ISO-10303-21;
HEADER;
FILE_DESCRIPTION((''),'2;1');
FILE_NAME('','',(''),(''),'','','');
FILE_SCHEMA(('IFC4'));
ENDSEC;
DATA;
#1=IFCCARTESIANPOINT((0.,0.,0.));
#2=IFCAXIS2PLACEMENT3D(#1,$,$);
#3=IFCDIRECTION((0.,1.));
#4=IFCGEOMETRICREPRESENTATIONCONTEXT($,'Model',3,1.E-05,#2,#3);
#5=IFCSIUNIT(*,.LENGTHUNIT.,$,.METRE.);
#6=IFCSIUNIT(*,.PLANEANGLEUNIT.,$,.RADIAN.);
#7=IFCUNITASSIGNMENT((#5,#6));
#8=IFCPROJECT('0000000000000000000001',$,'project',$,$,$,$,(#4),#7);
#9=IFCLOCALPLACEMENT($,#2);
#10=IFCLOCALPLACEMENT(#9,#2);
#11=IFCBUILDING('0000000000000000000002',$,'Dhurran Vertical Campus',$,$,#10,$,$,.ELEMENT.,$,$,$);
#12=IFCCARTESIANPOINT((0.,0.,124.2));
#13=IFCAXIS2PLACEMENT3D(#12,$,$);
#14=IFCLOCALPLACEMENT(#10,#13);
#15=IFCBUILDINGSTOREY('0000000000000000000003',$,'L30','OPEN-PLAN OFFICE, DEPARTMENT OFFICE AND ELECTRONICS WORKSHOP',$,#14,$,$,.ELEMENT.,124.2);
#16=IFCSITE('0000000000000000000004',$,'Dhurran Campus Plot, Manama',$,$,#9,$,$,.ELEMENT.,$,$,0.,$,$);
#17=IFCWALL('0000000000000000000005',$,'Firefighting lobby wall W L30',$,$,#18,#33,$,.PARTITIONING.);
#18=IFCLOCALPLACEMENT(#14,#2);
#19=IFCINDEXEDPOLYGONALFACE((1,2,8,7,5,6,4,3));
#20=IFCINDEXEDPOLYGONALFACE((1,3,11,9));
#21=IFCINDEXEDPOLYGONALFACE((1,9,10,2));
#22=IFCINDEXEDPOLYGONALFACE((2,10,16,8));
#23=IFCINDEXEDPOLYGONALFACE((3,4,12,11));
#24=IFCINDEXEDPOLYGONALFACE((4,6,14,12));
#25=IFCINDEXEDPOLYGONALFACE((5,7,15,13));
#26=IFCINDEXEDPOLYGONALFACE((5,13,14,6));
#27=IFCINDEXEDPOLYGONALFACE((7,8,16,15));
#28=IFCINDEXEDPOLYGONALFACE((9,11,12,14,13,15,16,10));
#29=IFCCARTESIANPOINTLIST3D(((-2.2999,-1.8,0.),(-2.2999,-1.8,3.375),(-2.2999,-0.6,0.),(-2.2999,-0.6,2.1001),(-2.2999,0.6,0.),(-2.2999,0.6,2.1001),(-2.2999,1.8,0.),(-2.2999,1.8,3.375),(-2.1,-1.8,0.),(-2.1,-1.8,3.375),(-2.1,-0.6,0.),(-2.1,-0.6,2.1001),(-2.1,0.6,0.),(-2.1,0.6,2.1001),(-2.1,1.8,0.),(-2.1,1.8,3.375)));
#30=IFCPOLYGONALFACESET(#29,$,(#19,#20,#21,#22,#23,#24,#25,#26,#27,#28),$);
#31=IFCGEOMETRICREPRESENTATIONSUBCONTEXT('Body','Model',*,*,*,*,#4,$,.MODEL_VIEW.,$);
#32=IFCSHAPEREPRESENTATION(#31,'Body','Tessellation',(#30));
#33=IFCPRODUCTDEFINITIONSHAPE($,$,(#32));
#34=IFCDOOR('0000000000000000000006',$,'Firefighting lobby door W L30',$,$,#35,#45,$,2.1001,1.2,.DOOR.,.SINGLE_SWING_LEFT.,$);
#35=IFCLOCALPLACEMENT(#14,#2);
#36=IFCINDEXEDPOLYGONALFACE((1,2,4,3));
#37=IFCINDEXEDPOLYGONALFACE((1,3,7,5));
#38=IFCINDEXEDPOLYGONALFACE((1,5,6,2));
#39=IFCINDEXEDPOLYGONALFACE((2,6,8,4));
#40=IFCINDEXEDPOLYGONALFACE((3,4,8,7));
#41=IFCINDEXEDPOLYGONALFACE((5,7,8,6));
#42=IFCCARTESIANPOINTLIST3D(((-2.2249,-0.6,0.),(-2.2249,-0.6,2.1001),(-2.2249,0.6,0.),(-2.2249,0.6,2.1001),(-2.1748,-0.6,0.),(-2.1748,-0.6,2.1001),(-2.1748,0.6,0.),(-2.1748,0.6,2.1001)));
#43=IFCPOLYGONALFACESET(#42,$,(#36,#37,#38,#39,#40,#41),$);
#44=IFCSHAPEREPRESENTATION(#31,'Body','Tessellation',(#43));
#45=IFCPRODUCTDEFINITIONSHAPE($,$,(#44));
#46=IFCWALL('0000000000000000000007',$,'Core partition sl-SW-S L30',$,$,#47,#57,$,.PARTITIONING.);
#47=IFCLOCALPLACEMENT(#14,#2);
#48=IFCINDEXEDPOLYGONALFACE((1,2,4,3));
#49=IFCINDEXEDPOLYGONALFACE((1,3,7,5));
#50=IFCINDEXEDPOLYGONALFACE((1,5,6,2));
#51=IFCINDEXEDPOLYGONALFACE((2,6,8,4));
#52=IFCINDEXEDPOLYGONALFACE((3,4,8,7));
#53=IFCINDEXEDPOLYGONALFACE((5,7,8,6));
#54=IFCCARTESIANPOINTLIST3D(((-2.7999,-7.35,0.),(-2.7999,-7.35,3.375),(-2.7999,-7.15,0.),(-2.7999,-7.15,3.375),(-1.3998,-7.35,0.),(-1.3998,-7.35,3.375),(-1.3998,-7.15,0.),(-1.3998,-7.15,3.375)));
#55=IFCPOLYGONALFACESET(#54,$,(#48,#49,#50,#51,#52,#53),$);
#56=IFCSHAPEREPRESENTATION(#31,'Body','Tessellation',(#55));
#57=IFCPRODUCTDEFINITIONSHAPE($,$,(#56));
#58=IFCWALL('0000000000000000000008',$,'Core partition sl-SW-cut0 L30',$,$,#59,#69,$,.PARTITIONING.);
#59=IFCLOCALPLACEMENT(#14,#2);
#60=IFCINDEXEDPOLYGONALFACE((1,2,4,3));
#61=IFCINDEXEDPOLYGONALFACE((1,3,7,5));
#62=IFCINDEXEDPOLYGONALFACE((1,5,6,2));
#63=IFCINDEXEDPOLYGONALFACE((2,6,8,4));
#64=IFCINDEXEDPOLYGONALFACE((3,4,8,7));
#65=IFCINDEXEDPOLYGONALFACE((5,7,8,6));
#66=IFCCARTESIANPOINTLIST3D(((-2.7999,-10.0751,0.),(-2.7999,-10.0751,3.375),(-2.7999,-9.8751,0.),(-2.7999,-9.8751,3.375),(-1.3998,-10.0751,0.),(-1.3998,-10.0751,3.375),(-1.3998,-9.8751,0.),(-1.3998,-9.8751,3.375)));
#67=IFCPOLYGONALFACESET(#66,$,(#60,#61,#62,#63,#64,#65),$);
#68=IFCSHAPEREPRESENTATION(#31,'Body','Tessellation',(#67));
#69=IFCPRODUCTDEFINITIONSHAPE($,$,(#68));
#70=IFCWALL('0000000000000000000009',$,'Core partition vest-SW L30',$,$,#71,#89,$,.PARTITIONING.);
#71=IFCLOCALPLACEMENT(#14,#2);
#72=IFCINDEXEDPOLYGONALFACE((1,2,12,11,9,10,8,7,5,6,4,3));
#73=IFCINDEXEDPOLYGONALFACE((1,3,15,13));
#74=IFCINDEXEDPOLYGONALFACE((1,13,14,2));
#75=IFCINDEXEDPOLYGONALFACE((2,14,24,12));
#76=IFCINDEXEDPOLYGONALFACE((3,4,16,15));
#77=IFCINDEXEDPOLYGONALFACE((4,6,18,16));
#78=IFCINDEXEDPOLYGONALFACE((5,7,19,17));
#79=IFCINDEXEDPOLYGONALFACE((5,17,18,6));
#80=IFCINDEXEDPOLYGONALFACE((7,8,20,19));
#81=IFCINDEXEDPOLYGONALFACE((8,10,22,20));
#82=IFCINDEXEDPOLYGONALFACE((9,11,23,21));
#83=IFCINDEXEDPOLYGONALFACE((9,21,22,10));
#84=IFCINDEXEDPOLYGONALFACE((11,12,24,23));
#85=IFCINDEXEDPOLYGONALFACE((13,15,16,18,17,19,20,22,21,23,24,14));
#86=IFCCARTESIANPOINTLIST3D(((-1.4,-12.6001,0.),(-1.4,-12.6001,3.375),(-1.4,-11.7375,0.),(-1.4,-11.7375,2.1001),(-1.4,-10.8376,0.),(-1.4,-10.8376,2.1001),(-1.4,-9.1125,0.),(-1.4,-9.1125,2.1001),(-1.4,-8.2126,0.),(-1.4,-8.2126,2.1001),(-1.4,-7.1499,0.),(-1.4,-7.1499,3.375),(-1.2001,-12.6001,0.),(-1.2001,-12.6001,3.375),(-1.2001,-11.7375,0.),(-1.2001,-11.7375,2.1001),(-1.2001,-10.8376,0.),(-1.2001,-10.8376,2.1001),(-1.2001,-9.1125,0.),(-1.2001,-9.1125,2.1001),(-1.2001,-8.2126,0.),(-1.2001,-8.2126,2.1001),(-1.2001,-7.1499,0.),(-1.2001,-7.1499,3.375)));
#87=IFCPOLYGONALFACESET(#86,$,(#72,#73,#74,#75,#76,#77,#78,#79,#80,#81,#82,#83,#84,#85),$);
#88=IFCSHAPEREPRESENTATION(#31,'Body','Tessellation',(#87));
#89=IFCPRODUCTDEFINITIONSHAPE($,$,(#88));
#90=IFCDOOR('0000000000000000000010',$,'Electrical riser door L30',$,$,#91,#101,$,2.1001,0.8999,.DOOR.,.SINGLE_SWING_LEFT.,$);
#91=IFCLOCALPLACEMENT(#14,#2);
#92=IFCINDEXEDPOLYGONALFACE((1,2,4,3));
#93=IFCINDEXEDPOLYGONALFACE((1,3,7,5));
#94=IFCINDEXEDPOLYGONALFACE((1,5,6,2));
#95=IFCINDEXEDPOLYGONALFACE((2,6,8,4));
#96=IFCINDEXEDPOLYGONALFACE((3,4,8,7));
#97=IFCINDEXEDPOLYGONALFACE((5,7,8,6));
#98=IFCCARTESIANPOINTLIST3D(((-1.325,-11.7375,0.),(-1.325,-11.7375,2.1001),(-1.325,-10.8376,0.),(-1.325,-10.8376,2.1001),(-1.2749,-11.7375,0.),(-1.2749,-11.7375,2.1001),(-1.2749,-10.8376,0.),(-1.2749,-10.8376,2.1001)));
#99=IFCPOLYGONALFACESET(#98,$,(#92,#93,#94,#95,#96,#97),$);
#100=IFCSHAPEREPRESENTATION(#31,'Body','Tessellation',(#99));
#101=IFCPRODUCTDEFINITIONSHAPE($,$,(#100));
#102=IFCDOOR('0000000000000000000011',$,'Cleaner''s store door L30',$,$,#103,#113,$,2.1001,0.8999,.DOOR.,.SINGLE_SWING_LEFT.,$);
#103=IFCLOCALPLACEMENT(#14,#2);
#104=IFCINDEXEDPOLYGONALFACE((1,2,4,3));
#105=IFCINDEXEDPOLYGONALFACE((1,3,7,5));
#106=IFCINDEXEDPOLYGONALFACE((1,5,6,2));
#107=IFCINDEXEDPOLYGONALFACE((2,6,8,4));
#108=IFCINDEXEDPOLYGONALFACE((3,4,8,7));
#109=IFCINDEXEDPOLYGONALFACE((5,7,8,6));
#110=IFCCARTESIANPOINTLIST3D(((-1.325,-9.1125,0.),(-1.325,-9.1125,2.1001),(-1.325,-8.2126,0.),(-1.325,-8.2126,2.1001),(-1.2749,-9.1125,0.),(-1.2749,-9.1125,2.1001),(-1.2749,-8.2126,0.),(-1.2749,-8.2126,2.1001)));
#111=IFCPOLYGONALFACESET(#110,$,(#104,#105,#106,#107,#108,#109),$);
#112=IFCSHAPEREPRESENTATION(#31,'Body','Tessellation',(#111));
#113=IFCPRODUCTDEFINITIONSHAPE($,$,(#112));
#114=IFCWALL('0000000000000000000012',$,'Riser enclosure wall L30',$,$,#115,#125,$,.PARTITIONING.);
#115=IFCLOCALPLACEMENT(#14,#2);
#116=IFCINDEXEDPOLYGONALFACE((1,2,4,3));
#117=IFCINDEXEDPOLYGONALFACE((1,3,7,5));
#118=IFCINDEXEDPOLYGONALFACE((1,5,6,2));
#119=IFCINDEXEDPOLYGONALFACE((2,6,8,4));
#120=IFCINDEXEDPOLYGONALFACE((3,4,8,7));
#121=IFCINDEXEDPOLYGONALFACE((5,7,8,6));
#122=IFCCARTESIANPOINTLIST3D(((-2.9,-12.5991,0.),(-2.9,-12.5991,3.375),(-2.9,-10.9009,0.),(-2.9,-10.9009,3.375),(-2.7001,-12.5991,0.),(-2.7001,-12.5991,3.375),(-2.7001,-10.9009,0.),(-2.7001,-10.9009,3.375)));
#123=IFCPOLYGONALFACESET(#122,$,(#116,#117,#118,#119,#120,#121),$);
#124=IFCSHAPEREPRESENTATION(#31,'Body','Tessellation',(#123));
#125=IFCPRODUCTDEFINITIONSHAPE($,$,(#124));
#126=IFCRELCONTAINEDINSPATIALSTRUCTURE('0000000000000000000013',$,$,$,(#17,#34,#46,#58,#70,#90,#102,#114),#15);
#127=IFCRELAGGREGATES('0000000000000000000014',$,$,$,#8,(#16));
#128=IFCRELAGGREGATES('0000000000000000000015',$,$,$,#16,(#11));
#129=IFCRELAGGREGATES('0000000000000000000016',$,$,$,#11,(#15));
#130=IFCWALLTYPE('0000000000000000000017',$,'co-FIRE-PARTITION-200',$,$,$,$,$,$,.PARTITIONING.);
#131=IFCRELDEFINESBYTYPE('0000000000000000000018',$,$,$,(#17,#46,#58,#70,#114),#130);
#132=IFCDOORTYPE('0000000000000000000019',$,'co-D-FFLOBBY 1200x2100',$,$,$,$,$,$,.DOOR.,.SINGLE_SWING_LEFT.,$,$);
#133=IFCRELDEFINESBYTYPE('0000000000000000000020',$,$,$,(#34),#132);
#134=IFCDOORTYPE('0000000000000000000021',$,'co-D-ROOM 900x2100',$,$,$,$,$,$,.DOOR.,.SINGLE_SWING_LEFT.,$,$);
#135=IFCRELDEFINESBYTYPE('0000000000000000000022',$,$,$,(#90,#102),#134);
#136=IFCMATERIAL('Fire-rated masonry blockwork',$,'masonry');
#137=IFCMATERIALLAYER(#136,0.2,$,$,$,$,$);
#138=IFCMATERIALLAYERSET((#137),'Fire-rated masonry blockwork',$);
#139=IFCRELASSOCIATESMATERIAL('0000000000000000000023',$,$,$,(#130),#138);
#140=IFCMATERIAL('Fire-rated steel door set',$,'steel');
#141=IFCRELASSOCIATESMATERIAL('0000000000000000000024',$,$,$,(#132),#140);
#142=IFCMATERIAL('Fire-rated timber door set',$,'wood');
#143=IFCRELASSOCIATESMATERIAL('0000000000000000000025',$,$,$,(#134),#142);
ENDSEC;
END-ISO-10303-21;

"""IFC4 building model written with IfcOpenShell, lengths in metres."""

from ifc_helpers import new_model, si_unit, direction, frame, frame_2d, origin, place, context, subcontext, project, spatial, rectangle, extrude, material, layer, layer_set, type_object, element, fill, save


model = new_model("IFC4")

# Units and contexts
model_context = context("Model", 3, precision=1e-05, world=origin(), true_north=direction((0.0, 1.0)))
body_context = subcontext(model_context, "Body", "Model", "MODEL_VIEW")
ifc_project = project(units=[si_unit("LENGTHUNIT", "METRE"), si_unit("PLANEANGLEUNIT", "RADIAN")], contexts=[model_context])

# Site, building, storey
site_placement = place(None, origin())
site = spatial("IfcSite", under=ifc_project, at=site_placement, Name="Dhurran Campus Plot, Manama", CompositionType="ELEMENT", RefElevation=0.0)
building_placement = place(site_placement, origin())
building = spatial("IfcBuilding", under=site, at=building_placement, Name="Dhurran Vertical Campus", CompositionType="ELEMENT")
storey_placement = place(building_placement, frame((0.0, 0.0, 124.2)))
storey = spatial("IfcBuildingStorey", under=building, at=storey_placement, Name="L30", Description="OPEN-PLAN OFFICE, DEPARTMENT OFFICE AND ELECTRONICS WORKSHOP", CompositionType="ELEMENT", Elevation=124.2)

# Wall, opening, door
ifc_material_1 = material(Name="Fire-rated masonry blockwork", Category="masonry")
ifc_layer_1 = layer(ifc_material_1, 0.2)
ifc_layer_set_1 = layer_set([ifc_layer_1], Name="Fire-rated masonry blockwork")
wall_type_1 = type_object("IfcWallType", Name="co-FIRE-PARTITION-200", PredefinedType="PARTITIONING", material=ifc_layer_set_1)
wall_1_placement = place(storey_placement, frame((-2.2, -1.8, 0.0), z_axis=(0.0, 0.0, 1.0), x_axis=(0.0, 1.0, 0.0)))
wall_1 = element("IfcWall", 1, at=wall_1_placement, inside=storey, type_object=wall_type_1, Name="Firefighting lobby wall W L30", PredefinedType="PARTITIONING", context=body_context, shape_type="SweptSolid", body=[
    extrude(rectangle(XDim=3.6001, YDim=0.2, at=frame_2d((1.8, 0.0))), origin(), (0.0, 0.0, 1.0), 3.375),
])
opening_1_placement = place(wall_1_placement, frame((1.2, 0.0, 0.0)))
opening_1 = element("IfcOpeningElement", 2, at=opening_1_placement, cuts=wall_1, PredefinedType="OPENING", context=body_context, shape_type="SweptSolid", body=[
    extrude(rectangle(XDim=1.2, YDim=2.1001, at=frame_2d((0.6001, 1.05))), frame((0.0, 0.1099, 0.0), z_axis=(0.0, -1.0, 0.0), x_axis=(1.0, 0.0, 0.0)), (0.0, 0.0, 1.0), 0.22),
])
ifc_material_2 = material(Name="Fire-rated steel door set", Category="steel")
door_type_1 = type_object("IfcDoorType", Name="co-D-FFLOBBY 1200x2100", OperationType="SINGLE_SWING_LEFT", PredefinedType="DOOR", material=ifc_material_2)
door_1_placement = place(opening_1_placement, origin())
door_1 = element("IfcDoor", 3, at=door_1_placement, inside=storey, type_object=door_type_1, Name="Firefighting lobby door W L30", OperationType="SINGLE_SWING_LEFT", OverallHeight=2.1001, OverallWidth=1.2, PredefinedType="DOOR", context=body_context, shape_type="SweptSolid", body=[
    extrude(rectangle(XDim=1.2, YDim=2.1001, at=frame_2d((0.6001, 1.05))), frame((0.0, 0.0249, 0.0), z_axis=(0.0, -1.0, 0.0), x_axis=(1.0, 0.0, 0.0)), (0.0, 0.0, 1.0), 0.05),
])
fill(opening_1, door_1)

# Walls
for number, where, z_axis, x_axis, name in (
    (4, (-2.8, -7.25, 0.0), (0.0, 0.0, 1.0), (1.0, 0.0, 0.0), "Core partition sl-SW-S L30"),
    (5, (-2.8, -9.9751, 0.0), (0.0, 0.0, 1.0), (1.0, 0.0, 0.0), "Core partition sl-SW-cut0 L30"),
):
    element("IfcWall", number, at=place(storey_placement, frame(where, z_axis=z_axis, x_axis=x_axis)), inside=storey, type_object=wall_type_1, Name=name, PredefinedType="PARTITIONING", context=body_context, shape_type="SweptSolid", body=[
        extrude(rectangle(XDim=1.4001, YDim=0.2, at=frame_2d((0.7002, 0.0))), origin(), (0.0, 0.0, 1.0), 3.375),
    ])

# Wall, openings, doors
wall_2_placement = place(storey_placement, frame((-1.3, -12.6001, 0.0), z_axis=(0.0, 0.0, 1.0), x_axis=(0.0, 1.0, 0.0)))
wall_2 = element("IfcWall", 6, at=wall_2_placement, inside=storey, type_object=wall_type_1, Name="Core partition vest-SW L30", PredefinedType="PARTITIONING", context=body_context, shape_type="SweptSolid", body=[
    extrude(rectangle(XDim=5.4502, YDim=0.2, at=frame_2d((2.7251, 0.0))), origin(), (0.0, 0.0, 1.0), 3.375),
])
opening_2_placement = place(wall_2_placement, frame((0.8625, 0.0, 0.0)))
opening_2 = element("IfcOpeningElement", 7, at=opening_2_placement, cuts=wall_2, PredefinedType="OPENING", context=body_context, shape_type="SweptSolid", body=[
    extrude(rectangle(XDim=0.8999, YDim=2.1001, at=frame_2d((0.45, 1.05))), frame((0.0, 0.1099, 0.0), z_axis=(0.0, -1.0, 0.0), x_axis=(1.0, 0.0, 0.0)), (0.0, 0.0, 1.0), 0.22),
])
opening_3_placement = place(wall_2_placement, frame((3.4875, 0.0, 0.0)))
opening_3 = element("IfcOpeningElement", 8, at=opening_3_placement, cuts=wall_2, PredefinedType="OPENING", context=body_context, shape_type="SweptSolid", body=[
    extrude(rectangle(XDim=0.8999, YDim=2.1001, at=frame_2d((0.45, 1.05))), frame((0.0, 0.1099, 0.0), z_axis=(0.0, -1.0, 0.0), x_axis=(1.0, 0.0, 0.0)), (0.0, 0.0, 1.0), 0.22),
])
ifc_material_3 = material(Name="Fire-rated timber door set", Category="wood")
door_type_2 = type_object("IfcDoorType", Name="co-D-ROOM 900x2100", OperationType="SINGLE_SWING_LEFT", PredefinedType="DOOR", material=ifc_material_3)
door_2_placement = place(opening_2_placement, origin())
door_2 = element("IfcDoor", 9, at=door_2_placement, inside=storey, type_object=door_type_2, Name="Electrical riser door L30", OperationType="SINGLE_SWING_LEFT", OverallHeight=2.1001, OverallWidth=0.8999, PredefinedType="DOOR", context=body_context, shape_type="SweptSolid", body=[
    extrude(rectangle(XDim=0.8999, YDim=2.1001, at=frame_2d((0.45, 1.05))), frame((0.0, 0.0249, 0.0), z_axis=(0.0, -1.0, 0.0), x_axis=(1.0, 0.0, 0.0)), (0.0, 0.0, 1.0), 0.05),
])
fill(opening_2, door_2)
door_3_placement = place(opening_3_placement, origin())
door_3 = element("IfcDoor", 10, at=door_3_placement, inside=storey, type_object=door_type_2, Name="Cleaner's store door L30", OperationType="SINGLE_SWING_LEFT", OverallHeight=2.1001, OverallWidth=0.8999, PredefinedType="DOOR", context=body_context, shape_type="SweptSolid", body=[
    extrude(rectangle(XDim=0.8999, YDim=2.1001, at=frame_2d((0.45, 1.05))), frame((0.0, 0.0249, 0.0), z_axis=(0.0, -1.0, 0.0), x_axis=(1.0, 0.0, 0.0)), (0.0, 0.0, 1.0), 0.05),
])
fill(opening_3, door_3)

# Wall
wall_3_placement = place(storey_placement, frame((-2.8, -12.5991, 0.0), z_axis=(0.0, 0.0, 1.0), x_axis=(0.0, 1.0, 0.0)))
element("IfcWall", 11, at=wall_3_placement, inside=storey, type_object=wall_type_1, Name="Riser enclosure wall L30", PredefinedType="PARTITIONING", context=body_context, shape_type="SweptSolid", body=[
    extrude(rectangle(XDim=1.6982, YDim=0.2, at=frame_2d((0.8491, 0.0))), origin(), (0.0, 0.0, 1.0), 3.375),
])

save(model, "model.ifc")
